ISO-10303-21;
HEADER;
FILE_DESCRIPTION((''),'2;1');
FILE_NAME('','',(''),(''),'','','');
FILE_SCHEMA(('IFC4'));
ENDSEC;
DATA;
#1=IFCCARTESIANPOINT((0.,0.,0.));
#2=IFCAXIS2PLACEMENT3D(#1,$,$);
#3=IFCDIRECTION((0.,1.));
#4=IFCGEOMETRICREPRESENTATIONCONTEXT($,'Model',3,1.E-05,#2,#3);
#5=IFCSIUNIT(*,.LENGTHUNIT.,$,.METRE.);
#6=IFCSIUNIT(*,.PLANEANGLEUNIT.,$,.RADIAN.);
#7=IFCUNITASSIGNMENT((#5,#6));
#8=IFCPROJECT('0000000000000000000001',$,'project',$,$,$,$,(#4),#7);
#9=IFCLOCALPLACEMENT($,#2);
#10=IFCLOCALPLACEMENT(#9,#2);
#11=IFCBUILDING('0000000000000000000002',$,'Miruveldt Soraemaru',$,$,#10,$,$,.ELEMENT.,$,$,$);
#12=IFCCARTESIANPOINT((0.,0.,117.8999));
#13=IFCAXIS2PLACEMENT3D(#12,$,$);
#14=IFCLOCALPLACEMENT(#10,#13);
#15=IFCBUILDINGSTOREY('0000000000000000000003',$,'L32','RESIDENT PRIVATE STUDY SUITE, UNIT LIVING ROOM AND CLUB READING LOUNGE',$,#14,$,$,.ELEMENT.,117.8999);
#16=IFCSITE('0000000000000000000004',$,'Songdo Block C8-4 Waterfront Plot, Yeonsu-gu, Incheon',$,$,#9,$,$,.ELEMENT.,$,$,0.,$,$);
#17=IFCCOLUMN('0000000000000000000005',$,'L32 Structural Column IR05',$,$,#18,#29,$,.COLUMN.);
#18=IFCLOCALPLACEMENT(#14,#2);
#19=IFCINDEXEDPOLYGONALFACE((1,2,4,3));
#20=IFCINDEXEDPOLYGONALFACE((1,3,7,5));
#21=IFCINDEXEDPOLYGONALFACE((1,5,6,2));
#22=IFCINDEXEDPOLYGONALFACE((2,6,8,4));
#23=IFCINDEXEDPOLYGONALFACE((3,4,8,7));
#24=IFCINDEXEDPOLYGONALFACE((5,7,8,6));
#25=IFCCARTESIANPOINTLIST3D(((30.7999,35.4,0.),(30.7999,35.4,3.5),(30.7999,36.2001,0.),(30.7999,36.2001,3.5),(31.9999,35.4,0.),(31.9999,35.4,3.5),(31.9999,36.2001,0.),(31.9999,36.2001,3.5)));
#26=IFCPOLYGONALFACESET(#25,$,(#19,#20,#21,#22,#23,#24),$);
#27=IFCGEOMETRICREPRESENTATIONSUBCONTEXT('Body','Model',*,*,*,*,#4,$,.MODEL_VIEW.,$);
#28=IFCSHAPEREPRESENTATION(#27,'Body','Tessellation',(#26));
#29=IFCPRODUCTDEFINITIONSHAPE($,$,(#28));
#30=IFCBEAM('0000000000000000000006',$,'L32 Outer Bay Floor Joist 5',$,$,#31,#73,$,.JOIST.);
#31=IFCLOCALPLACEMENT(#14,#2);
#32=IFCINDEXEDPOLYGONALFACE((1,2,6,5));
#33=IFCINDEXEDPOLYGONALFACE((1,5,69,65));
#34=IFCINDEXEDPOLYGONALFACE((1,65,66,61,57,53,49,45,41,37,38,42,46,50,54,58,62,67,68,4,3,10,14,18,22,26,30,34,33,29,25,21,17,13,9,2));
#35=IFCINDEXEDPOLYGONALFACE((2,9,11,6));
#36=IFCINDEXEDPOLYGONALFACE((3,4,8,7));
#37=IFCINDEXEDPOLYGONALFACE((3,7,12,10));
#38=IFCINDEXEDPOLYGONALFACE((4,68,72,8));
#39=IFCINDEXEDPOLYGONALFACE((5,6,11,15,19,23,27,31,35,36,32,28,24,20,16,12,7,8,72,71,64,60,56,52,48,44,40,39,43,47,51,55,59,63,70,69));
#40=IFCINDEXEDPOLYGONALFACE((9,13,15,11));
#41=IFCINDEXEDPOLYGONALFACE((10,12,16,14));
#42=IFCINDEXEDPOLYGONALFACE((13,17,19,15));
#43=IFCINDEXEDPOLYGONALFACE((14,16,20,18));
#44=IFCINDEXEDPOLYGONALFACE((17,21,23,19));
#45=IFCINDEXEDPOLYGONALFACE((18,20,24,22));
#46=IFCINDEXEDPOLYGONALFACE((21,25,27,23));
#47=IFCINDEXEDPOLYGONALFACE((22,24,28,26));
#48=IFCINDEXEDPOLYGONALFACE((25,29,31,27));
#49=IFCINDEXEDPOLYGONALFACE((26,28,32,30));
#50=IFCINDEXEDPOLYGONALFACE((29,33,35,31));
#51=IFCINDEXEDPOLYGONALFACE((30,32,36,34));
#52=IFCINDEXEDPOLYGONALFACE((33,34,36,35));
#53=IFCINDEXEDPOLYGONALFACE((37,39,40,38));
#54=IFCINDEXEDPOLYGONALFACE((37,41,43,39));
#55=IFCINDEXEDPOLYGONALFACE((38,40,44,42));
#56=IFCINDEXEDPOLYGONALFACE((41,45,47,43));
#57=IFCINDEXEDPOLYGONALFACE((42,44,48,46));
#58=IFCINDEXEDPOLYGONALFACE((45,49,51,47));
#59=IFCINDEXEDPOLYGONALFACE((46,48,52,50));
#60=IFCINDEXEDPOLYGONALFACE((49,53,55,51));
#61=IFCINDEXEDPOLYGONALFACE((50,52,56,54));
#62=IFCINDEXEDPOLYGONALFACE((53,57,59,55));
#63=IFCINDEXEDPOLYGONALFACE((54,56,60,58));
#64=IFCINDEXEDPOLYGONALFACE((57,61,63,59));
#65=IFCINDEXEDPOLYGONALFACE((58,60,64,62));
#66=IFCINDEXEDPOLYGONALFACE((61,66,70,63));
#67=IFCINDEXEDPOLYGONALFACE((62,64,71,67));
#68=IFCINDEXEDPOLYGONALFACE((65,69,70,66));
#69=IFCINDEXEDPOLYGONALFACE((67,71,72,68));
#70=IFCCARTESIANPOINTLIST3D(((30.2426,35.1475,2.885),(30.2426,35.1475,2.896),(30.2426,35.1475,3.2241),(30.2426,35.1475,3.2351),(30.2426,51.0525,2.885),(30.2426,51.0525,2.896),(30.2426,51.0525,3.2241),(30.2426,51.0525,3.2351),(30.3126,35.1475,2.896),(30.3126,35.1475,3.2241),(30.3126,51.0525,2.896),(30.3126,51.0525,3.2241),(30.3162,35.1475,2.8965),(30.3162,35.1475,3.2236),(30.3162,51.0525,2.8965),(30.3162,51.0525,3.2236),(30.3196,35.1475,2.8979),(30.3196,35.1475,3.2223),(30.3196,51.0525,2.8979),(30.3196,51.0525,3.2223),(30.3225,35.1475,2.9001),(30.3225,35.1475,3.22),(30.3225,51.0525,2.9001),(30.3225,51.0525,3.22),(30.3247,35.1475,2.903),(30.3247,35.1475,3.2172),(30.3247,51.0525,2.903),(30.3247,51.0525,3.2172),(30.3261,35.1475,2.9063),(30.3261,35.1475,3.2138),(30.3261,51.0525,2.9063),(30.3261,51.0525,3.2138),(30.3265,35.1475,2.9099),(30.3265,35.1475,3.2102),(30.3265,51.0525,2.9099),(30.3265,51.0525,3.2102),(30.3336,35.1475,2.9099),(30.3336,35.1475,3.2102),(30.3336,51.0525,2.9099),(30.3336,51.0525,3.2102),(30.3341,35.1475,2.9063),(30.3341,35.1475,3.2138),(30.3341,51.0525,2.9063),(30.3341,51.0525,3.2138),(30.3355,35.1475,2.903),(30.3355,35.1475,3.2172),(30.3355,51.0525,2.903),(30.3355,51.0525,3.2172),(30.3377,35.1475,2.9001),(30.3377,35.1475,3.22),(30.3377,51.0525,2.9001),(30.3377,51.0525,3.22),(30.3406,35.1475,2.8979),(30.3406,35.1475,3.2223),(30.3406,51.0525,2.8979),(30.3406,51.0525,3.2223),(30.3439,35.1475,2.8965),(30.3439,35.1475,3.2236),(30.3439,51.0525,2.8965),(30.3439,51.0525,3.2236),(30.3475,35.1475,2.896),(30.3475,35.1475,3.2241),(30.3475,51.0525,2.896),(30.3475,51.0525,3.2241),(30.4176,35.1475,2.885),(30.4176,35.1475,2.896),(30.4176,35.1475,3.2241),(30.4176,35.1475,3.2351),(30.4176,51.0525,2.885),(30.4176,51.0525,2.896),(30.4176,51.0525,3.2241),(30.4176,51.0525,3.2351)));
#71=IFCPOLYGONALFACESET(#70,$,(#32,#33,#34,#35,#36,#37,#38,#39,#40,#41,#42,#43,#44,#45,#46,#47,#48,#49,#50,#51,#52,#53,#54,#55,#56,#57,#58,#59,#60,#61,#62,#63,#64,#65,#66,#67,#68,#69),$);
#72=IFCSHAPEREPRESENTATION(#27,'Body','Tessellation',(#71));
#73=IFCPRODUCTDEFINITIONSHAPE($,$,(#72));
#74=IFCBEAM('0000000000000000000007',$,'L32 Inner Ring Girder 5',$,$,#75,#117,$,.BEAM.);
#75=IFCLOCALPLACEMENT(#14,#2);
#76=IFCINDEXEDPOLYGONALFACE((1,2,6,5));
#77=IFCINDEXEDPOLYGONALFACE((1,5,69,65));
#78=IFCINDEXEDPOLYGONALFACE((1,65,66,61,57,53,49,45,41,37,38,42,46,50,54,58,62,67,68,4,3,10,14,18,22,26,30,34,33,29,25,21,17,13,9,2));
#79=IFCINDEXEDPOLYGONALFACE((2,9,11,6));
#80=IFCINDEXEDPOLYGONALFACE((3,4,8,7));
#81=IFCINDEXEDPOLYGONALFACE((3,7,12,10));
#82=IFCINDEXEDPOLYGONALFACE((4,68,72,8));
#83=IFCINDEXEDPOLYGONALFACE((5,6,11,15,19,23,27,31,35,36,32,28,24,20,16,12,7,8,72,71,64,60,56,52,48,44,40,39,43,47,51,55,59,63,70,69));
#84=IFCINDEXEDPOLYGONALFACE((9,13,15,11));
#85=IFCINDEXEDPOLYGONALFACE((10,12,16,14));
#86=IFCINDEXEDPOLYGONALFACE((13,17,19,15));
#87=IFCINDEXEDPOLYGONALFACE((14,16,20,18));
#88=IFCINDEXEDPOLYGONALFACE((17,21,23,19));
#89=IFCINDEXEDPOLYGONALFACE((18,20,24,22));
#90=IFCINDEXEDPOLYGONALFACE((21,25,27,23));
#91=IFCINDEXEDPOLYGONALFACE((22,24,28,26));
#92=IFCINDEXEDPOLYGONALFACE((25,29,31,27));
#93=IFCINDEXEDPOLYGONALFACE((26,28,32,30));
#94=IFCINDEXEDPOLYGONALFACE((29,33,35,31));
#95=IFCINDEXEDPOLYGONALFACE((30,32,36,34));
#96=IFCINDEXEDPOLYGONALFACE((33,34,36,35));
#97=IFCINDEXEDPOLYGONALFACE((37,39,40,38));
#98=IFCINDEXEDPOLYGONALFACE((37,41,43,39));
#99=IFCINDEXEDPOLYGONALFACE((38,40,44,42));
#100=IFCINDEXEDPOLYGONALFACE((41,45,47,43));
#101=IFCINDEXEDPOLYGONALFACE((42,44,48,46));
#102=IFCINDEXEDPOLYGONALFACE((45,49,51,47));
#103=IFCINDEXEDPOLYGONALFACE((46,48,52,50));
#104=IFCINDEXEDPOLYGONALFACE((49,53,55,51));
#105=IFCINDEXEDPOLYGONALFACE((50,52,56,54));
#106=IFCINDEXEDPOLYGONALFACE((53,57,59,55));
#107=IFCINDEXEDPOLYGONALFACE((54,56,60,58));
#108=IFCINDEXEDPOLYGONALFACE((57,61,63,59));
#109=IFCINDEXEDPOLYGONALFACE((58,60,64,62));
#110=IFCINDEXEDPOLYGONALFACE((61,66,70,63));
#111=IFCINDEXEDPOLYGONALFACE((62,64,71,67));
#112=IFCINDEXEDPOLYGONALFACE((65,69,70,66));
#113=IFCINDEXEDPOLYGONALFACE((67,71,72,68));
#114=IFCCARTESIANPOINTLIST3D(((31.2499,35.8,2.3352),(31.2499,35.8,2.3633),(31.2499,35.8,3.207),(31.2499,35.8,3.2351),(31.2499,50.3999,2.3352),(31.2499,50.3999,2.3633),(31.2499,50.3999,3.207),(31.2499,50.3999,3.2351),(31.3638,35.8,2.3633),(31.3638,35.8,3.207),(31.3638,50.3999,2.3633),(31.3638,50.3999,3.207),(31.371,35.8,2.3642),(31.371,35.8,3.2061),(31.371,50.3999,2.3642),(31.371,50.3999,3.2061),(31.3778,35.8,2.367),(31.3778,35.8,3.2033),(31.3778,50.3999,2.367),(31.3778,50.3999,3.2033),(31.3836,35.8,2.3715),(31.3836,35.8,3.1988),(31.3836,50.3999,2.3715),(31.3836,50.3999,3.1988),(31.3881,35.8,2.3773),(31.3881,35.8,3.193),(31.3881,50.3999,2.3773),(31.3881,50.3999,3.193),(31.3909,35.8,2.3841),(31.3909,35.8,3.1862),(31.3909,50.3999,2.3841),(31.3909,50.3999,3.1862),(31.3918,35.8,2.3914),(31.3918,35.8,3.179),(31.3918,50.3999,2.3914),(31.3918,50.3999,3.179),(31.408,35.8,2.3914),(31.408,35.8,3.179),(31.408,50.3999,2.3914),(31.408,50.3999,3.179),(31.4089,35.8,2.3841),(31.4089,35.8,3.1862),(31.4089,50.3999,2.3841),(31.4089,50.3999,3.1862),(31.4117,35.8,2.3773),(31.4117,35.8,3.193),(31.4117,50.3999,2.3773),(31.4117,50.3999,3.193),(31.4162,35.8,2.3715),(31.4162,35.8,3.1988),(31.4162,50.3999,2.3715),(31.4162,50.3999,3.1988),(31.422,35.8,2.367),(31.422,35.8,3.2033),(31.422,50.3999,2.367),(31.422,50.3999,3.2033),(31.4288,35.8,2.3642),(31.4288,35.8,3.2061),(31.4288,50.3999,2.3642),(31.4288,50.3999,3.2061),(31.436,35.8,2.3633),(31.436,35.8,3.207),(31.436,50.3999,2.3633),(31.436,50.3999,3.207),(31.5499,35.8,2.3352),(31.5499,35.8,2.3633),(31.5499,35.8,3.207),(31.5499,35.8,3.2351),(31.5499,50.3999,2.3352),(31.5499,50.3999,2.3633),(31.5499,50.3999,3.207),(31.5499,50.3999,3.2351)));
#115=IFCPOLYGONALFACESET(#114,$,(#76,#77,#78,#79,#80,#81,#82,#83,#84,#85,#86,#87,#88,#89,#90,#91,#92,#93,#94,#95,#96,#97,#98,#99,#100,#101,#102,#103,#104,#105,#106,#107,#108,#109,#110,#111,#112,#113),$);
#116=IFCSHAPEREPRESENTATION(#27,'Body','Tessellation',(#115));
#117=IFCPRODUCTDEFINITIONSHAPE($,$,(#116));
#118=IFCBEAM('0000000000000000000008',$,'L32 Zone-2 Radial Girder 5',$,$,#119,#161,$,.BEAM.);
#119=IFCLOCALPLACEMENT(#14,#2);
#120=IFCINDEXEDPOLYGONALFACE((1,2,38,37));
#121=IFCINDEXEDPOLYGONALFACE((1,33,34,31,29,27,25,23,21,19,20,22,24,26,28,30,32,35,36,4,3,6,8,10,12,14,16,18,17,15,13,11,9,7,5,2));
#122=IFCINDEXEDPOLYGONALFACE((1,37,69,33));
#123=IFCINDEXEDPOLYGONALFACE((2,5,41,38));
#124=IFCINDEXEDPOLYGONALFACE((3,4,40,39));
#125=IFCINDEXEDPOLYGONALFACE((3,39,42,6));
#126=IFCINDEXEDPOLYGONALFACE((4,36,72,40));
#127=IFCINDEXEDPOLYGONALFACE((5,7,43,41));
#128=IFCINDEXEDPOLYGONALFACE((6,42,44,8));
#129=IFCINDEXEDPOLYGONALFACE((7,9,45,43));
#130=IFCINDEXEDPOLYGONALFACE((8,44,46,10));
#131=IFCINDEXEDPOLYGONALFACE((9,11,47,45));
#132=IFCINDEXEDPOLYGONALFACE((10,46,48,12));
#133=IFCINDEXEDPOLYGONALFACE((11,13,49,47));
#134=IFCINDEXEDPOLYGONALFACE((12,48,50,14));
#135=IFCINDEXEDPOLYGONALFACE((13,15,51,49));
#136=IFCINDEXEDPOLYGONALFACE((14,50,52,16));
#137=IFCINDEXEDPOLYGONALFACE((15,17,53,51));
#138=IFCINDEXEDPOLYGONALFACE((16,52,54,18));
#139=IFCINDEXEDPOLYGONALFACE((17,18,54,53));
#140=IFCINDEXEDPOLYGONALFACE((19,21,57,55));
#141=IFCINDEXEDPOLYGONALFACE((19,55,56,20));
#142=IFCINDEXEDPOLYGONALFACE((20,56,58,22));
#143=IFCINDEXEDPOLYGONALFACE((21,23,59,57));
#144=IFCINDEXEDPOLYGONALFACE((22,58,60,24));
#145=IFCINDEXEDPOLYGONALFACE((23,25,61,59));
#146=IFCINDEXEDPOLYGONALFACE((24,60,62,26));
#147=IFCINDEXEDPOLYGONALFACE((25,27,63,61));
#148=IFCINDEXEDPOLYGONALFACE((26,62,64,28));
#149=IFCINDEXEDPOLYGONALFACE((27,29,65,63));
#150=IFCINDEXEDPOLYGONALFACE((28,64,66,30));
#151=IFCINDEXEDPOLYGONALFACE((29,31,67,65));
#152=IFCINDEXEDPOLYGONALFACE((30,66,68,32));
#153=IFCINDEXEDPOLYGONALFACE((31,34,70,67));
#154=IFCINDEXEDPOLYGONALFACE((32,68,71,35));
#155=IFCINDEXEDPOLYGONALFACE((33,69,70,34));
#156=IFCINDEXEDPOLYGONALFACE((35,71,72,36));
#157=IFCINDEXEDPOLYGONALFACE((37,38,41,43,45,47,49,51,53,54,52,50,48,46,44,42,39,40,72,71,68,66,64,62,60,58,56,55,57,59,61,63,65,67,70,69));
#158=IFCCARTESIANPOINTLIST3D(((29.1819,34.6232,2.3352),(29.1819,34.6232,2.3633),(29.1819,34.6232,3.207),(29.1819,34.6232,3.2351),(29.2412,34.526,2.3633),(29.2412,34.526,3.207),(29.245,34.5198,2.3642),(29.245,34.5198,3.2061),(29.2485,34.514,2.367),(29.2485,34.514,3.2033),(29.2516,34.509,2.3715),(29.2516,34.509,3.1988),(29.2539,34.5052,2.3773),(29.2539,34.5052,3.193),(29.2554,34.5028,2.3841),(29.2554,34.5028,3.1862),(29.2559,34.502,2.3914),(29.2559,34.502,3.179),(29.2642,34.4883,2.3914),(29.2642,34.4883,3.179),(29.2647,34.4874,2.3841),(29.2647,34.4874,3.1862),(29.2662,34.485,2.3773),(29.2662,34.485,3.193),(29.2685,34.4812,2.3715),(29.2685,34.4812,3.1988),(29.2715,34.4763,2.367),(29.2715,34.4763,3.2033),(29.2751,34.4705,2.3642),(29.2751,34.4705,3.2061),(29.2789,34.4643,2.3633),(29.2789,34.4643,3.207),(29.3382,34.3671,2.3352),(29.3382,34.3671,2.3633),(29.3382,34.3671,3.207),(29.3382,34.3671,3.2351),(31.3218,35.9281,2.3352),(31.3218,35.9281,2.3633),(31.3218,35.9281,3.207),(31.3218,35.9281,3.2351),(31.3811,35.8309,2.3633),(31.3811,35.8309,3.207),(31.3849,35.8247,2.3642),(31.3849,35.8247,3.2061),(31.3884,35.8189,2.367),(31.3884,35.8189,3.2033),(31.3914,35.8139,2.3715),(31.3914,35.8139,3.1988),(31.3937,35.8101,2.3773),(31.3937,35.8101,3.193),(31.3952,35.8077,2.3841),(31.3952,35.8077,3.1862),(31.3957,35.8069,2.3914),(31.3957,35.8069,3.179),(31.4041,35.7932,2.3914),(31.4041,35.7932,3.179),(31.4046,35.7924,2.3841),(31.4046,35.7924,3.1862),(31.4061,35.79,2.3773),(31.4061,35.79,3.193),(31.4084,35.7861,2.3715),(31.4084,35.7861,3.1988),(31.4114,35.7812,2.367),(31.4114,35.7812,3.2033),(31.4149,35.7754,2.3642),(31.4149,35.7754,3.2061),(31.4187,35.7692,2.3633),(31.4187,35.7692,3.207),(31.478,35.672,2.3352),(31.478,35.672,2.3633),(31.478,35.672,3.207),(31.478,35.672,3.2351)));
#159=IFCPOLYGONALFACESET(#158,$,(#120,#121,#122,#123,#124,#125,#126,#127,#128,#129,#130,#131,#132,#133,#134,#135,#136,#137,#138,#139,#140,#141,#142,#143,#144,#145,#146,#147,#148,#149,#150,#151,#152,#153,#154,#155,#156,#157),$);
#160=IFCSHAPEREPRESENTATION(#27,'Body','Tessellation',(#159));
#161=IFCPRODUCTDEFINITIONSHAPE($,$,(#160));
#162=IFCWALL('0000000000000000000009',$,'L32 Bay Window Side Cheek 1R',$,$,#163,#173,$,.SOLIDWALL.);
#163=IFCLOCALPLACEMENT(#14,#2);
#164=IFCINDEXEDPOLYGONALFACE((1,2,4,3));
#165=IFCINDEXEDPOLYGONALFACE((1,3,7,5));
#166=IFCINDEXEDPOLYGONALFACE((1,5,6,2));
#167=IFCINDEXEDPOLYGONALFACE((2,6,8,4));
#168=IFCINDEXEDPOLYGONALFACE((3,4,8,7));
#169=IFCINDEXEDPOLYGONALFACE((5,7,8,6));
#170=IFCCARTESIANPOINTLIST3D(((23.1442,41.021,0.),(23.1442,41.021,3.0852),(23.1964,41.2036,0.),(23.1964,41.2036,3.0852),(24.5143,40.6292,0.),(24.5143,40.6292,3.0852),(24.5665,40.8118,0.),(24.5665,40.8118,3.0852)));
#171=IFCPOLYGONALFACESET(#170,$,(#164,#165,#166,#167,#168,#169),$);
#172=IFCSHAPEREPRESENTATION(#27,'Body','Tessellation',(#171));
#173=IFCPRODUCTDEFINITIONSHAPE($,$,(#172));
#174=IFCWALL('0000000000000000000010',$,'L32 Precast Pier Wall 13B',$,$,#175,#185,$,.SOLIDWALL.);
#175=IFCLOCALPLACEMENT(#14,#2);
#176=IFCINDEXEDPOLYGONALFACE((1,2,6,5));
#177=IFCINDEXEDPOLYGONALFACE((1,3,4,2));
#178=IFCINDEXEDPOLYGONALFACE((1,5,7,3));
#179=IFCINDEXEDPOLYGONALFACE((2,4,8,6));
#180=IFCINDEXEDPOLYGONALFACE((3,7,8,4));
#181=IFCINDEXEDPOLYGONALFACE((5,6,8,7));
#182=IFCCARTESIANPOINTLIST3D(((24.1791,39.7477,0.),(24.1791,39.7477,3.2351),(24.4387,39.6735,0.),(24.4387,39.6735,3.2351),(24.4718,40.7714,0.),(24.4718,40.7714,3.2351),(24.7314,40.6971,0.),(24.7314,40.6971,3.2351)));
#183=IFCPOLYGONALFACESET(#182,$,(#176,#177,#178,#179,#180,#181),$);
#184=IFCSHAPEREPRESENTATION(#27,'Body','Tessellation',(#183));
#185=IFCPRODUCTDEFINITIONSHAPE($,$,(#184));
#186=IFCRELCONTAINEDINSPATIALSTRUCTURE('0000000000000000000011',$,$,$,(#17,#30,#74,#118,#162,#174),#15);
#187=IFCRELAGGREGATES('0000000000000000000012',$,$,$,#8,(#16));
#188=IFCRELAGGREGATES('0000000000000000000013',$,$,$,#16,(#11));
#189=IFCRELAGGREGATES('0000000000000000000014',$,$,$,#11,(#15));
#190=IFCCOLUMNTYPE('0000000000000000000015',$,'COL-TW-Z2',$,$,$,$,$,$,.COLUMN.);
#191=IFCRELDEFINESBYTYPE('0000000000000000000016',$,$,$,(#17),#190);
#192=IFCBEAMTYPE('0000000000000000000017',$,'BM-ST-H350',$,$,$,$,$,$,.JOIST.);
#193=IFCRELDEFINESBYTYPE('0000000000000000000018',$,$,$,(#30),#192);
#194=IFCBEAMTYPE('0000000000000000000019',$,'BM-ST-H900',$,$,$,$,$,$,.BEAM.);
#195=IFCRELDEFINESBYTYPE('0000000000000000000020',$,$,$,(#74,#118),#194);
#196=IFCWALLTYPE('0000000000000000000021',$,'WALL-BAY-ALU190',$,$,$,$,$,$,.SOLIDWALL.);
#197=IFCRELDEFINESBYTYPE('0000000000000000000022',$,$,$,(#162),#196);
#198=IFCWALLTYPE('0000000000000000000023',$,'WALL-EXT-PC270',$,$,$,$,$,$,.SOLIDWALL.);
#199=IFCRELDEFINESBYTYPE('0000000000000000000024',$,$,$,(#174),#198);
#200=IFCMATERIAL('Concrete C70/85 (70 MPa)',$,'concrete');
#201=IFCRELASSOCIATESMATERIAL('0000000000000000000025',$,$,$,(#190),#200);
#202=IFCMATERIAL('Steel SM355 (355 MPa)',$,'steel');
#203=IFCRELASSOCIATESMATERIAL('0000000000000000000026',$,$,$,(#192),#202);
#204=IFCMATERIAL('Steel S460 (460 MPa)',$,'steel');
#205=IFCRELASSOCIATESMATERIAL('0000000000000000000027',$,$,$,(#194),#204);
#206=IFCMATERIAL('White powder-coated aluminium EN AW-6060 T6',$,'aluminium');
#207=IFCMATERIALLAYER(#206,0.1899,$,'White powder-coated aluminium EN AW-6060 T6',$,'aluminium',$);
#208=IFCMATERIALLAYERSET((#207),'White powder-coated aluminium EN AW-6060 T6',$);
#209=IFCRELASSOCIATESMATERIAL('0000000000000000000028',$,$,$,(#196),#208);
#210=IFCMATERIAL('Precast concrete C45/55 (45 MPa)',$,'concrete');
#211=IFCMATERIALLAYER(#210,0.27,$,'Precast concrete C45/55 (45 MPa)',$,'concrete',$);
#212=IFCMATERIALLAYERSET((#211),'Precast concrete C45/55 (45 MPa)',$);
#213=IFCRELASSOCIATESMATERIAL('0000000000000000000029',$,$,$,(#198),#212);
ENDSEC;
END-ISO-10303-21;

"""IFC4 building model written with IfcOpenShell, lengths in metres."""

from ifc_helpers import new_model, si_unit, direction, frame, frame_2d, origin, origin_2d, place, context, subcontext, project, spatial, rectangle, i_section, extrude, material, layer, layer_set, material_profile, profile_set, type_object, element, save


model = new_model("IFC4")

# Units and contexts
model_context = context("Model", 3, precision=1e-05, world=origin(), true_north=direction((0.0, 1.0)))
body_context = subcontext(model_context, "Body", "Model", "MODEL_VIEW")
ifc_project = project(units=[si_unit("LENGTHUNIT", "METRE"), si_unit("PLANEANGLEUNIT", "RADIAN")], contexts=[model_context])

# Site, building, storey
site_placement = place(None, origin())
site = spatial("IfcSite", under=ifc_project, at=site_placement, Name="Songdo Block C8-4 Waterfront Plot, Yeonsu-gu, Incheon", CompositionType="ELEMENT", RefElevation=0.0)
building_placement = place(site_placement, origin())
building = spatial("IfcBuilding", under=site, at=building_placement, Name="Miruveldt Soraemaru", CompositionType="ELEMENT")
storey_placement = place(building_placement, frame((0.0, 0.0, 117.8999)))
storey = spatial("IfcBuildingStorey", under=building, at=storey_placement, Name="L32", Description="RESIDENT PRIVATE STUDY SUITE, UNIT LIVING ROOM AND CLUB READING LOUNGE", CompositionType="ELEMENT", Elevation=117.8999)

# Column
ifc_material_1 = material(Name="Concrete C70/85 (70 MPa)", Category="concrete")
ifc_material_profile_1 = material_profile(ifc_material_1, rectangle(XDim=1.2, YDim=0.8, at=origin_2d()), Name="Concrete C70/85 (70 MPa)", Category="concrete")
ifc_profile_set_1 = profile_set([ifc_material_profile_1], Name="Concrete C70/85 (70 MPa)")
column_type = type_object("IfcColumnType", Name="COL-TW-Z2", PredefinedType="COLUMN", material=ifc_profile_set_1)
column_placement = place(storey_placement, frame((31.3999, 35.8, 0.0), z_axis=(0.0, 0.0, 1.0), x_axis=(1.0, 0.0, 0.0)))
element("IfcColumn", 1, at=column_placement, inside=storey, type_object=column_type, Name="L32 Structural Column IR05", PredefinedType="COLUMN", context=body_context, shape_type="SweptSolid", body=[
    extrude(rectangle(XDim=1.2, YDim=0.8, at=origin_2d()), origin(), (0.0, 0.0, 1.0), 3.5),
])

# Beams
ifc_material_2 = material(Name="Steel SM355 (355 MPa)", Category="steel")
ifc_material_profile_2 = material_profile(ifc_material_2, i_section(OverallWidth=0.175, OverallDepth=0.3501, WebThickness=0.0071, FlangeThickness=0.011, FilletRadius=0.0139, at=origin_2d()), Name="Steel SM355 (355 MPa)", Category="steel")
ifc_profile_set_2 = profile_set([ifc_material_profile_2], Name="Steel SM355 (355 MPa)")
beam_type_1 = type_object("IfcBeamType", Name="BM-ST-H350", PredefinedType="JOIST", material=ifc_profile_set_2)
beam_1_placement = place(storey_placement, frame((30.3301, 35.1475, 3.0601), z_axis=(0.0, 1.0, 0.0), x_axis=(-1.0, 0.0, 0.0)))
element("IfcBeam", 2, at=beam_1_placement, inside=storey, type_object=beam_type_1, Name="L32 Outer Bay Floor Joist 5", PredefinedType="JOIST", context=body_context, shape_type="SweptSolid", body=[
    extrude(i_section(OverallWidth=0.175, OverallDepth=0.3501, WebThickness=0.0071, FlangeThickness=0.011, FilletRadius=0.0139, at=origin_2d()), origin(), (0.0, 0.0, 1.0), 15.905),
])
ifc_material_3 = material(Name="Steel S460 (460 MPa)", Category="steel")
ifc_material_profile_3 = material_profile(ifc_material_3, i_section(OverallWidth=0.3, OverallDepth=0.8999, WebThickness=0.0161, FlangeThickness=0.0281, FilletRadius=0.0281, at=origin_2d()), Name="Steel S460 (460 MPa)", Category="steel")
ifc_profile_set_3 = profile_set([ifc_material_profile_3], Name="Steel S460 (460 MPa)")
beam_type_2 = type_object("IfcBeamType", Name="BM-ST-H900", PredefinedType="BEAM", material=ifc_profile_set_3)
beam_2_placement = place(storey_placement, frame((31.3999, 35.8, 2.7852), z_axis=(0.0, 1.0, 0.0), x_axis=(-1.0, 0.0, 0.0)))
element("IfcBeam", 3, at=beam_2_placement, inside=storey, type_object=beam_type_2, Name="L32 Inner Ring Girder 5", PredefinedType="BEAM", context=body_context, shape_type="SweptSolid", body=[
    extrude(i_section(OverallWidth=0.3, OverallDepth=0.8999, WebThickness=0.0161, FlangeThickness=0.0281, FilletRadius=0.0281, at=origin_2d()), origin(), (0.0, 0.0, 1.0), 14.5999),
])
beam_3_placement = place(storey_placement, frame((31.3999, 35.8, 2.7852), z_axis=(-0.853775, -0.520642, 0.0), x_axis=(0.520642, -0.853775, 0.0)))
element("IfcBeam", 4, at=beam_3_placement, inside=storey, type_object=beam_type_2, Name="L32 Zone-2 Radial Girder 5", PredefinedType="BEAM", context=body_context, shape_type="SweptSolid", body=[
    extrude(i_section(OverallWidth=0.3, OverallDepth=0.8999, WebThickness=0.0161, FlangeThickness=0.0281, FilletRadius=0.0281, at=origin_2d()), origin(), (0.0, 0.0, 1.0), 2.5063),
])

# Walls
ifc_material_4 = material(Name="White powder-coated aluminium EN AW-6060 T6", Category="aluminium")
ifc_layer_1 = layer(ifc_material_4, 0.1899, Name="White powder-coated aluminium EN AW-6060 T6", Category="aluminium")
ifc_layer_set_1 = layer_set([ifc_layer_1], Name="White powder-coated aluminium EN AW-6060 T6")
wall_type_1 = type_object("IfcWallType", Name="WALL-BAY-ALU190", PredefinedType="SOLIDWALL", material=ifc_layer_set_1)
wall_1_placement = place(storey_placement, frame((23.1704, 41.1123, 0.0), z_axis=(0.0, 0.0, 1.0), x_axis=(0.961453, -0.27497, 0.0)))
element("IfcWall", 5, at=wall_1_placement, inside=storey, type_object=wall_type_1, Name="L32 Bay Window Side Cheek 1R", PredefinedType="SOLIDWALL", context=body_context, shape_type="SweptSolid", body=[
    extrude(rectangle(XDim=1.425, YDim=0.1899, at=frame_2d((0.7124, 0.0))), origin(), (0.0, 0.0, 1.0), 3.0852),
])
ifc_material_5 = material(Name="Precast concrete C45/55 (45 MPa)", Category="concrete")
ifc_layer_2 = layer(ifc_material_5, 0.27, Name="Precast concrete C45/55 (45 MPa)", Category="concrete")
ifc_layer_set_2 = layer_set([ifc_layer_2], Name="Precast concrete C45/55 (45 MPa)")
wall_type_2 = type_object("IfcWallType", Name="WALL-EXT-PC270", PredefinedType="SOLIDWALL", material=ifc_layer_set_2)
wall_2_placement = place(storey_placement, frame((24.6016, 40.7341, 0.0), z_axis=(0.0, 0.0, 1.0), x_axis=(-0.274933, -0.961463, 0.0)))
element("IfcWall", 6, at=wall_2_placement, inside=storey, type_object=wall_type_2, Name="L32 Precast Pier Wall 13B", PredefinedType="SOLIDWALL", context=body_context, shape_type="SweptSolid", body=[
    extrude(rectangle(XDim=1.0647, YDim=0.27, at=frame_2d((0.5322, 0.0))), origin(), (0.0, 0.0, 1.0), 3.2351),
])

save(model, "model.ifc")
